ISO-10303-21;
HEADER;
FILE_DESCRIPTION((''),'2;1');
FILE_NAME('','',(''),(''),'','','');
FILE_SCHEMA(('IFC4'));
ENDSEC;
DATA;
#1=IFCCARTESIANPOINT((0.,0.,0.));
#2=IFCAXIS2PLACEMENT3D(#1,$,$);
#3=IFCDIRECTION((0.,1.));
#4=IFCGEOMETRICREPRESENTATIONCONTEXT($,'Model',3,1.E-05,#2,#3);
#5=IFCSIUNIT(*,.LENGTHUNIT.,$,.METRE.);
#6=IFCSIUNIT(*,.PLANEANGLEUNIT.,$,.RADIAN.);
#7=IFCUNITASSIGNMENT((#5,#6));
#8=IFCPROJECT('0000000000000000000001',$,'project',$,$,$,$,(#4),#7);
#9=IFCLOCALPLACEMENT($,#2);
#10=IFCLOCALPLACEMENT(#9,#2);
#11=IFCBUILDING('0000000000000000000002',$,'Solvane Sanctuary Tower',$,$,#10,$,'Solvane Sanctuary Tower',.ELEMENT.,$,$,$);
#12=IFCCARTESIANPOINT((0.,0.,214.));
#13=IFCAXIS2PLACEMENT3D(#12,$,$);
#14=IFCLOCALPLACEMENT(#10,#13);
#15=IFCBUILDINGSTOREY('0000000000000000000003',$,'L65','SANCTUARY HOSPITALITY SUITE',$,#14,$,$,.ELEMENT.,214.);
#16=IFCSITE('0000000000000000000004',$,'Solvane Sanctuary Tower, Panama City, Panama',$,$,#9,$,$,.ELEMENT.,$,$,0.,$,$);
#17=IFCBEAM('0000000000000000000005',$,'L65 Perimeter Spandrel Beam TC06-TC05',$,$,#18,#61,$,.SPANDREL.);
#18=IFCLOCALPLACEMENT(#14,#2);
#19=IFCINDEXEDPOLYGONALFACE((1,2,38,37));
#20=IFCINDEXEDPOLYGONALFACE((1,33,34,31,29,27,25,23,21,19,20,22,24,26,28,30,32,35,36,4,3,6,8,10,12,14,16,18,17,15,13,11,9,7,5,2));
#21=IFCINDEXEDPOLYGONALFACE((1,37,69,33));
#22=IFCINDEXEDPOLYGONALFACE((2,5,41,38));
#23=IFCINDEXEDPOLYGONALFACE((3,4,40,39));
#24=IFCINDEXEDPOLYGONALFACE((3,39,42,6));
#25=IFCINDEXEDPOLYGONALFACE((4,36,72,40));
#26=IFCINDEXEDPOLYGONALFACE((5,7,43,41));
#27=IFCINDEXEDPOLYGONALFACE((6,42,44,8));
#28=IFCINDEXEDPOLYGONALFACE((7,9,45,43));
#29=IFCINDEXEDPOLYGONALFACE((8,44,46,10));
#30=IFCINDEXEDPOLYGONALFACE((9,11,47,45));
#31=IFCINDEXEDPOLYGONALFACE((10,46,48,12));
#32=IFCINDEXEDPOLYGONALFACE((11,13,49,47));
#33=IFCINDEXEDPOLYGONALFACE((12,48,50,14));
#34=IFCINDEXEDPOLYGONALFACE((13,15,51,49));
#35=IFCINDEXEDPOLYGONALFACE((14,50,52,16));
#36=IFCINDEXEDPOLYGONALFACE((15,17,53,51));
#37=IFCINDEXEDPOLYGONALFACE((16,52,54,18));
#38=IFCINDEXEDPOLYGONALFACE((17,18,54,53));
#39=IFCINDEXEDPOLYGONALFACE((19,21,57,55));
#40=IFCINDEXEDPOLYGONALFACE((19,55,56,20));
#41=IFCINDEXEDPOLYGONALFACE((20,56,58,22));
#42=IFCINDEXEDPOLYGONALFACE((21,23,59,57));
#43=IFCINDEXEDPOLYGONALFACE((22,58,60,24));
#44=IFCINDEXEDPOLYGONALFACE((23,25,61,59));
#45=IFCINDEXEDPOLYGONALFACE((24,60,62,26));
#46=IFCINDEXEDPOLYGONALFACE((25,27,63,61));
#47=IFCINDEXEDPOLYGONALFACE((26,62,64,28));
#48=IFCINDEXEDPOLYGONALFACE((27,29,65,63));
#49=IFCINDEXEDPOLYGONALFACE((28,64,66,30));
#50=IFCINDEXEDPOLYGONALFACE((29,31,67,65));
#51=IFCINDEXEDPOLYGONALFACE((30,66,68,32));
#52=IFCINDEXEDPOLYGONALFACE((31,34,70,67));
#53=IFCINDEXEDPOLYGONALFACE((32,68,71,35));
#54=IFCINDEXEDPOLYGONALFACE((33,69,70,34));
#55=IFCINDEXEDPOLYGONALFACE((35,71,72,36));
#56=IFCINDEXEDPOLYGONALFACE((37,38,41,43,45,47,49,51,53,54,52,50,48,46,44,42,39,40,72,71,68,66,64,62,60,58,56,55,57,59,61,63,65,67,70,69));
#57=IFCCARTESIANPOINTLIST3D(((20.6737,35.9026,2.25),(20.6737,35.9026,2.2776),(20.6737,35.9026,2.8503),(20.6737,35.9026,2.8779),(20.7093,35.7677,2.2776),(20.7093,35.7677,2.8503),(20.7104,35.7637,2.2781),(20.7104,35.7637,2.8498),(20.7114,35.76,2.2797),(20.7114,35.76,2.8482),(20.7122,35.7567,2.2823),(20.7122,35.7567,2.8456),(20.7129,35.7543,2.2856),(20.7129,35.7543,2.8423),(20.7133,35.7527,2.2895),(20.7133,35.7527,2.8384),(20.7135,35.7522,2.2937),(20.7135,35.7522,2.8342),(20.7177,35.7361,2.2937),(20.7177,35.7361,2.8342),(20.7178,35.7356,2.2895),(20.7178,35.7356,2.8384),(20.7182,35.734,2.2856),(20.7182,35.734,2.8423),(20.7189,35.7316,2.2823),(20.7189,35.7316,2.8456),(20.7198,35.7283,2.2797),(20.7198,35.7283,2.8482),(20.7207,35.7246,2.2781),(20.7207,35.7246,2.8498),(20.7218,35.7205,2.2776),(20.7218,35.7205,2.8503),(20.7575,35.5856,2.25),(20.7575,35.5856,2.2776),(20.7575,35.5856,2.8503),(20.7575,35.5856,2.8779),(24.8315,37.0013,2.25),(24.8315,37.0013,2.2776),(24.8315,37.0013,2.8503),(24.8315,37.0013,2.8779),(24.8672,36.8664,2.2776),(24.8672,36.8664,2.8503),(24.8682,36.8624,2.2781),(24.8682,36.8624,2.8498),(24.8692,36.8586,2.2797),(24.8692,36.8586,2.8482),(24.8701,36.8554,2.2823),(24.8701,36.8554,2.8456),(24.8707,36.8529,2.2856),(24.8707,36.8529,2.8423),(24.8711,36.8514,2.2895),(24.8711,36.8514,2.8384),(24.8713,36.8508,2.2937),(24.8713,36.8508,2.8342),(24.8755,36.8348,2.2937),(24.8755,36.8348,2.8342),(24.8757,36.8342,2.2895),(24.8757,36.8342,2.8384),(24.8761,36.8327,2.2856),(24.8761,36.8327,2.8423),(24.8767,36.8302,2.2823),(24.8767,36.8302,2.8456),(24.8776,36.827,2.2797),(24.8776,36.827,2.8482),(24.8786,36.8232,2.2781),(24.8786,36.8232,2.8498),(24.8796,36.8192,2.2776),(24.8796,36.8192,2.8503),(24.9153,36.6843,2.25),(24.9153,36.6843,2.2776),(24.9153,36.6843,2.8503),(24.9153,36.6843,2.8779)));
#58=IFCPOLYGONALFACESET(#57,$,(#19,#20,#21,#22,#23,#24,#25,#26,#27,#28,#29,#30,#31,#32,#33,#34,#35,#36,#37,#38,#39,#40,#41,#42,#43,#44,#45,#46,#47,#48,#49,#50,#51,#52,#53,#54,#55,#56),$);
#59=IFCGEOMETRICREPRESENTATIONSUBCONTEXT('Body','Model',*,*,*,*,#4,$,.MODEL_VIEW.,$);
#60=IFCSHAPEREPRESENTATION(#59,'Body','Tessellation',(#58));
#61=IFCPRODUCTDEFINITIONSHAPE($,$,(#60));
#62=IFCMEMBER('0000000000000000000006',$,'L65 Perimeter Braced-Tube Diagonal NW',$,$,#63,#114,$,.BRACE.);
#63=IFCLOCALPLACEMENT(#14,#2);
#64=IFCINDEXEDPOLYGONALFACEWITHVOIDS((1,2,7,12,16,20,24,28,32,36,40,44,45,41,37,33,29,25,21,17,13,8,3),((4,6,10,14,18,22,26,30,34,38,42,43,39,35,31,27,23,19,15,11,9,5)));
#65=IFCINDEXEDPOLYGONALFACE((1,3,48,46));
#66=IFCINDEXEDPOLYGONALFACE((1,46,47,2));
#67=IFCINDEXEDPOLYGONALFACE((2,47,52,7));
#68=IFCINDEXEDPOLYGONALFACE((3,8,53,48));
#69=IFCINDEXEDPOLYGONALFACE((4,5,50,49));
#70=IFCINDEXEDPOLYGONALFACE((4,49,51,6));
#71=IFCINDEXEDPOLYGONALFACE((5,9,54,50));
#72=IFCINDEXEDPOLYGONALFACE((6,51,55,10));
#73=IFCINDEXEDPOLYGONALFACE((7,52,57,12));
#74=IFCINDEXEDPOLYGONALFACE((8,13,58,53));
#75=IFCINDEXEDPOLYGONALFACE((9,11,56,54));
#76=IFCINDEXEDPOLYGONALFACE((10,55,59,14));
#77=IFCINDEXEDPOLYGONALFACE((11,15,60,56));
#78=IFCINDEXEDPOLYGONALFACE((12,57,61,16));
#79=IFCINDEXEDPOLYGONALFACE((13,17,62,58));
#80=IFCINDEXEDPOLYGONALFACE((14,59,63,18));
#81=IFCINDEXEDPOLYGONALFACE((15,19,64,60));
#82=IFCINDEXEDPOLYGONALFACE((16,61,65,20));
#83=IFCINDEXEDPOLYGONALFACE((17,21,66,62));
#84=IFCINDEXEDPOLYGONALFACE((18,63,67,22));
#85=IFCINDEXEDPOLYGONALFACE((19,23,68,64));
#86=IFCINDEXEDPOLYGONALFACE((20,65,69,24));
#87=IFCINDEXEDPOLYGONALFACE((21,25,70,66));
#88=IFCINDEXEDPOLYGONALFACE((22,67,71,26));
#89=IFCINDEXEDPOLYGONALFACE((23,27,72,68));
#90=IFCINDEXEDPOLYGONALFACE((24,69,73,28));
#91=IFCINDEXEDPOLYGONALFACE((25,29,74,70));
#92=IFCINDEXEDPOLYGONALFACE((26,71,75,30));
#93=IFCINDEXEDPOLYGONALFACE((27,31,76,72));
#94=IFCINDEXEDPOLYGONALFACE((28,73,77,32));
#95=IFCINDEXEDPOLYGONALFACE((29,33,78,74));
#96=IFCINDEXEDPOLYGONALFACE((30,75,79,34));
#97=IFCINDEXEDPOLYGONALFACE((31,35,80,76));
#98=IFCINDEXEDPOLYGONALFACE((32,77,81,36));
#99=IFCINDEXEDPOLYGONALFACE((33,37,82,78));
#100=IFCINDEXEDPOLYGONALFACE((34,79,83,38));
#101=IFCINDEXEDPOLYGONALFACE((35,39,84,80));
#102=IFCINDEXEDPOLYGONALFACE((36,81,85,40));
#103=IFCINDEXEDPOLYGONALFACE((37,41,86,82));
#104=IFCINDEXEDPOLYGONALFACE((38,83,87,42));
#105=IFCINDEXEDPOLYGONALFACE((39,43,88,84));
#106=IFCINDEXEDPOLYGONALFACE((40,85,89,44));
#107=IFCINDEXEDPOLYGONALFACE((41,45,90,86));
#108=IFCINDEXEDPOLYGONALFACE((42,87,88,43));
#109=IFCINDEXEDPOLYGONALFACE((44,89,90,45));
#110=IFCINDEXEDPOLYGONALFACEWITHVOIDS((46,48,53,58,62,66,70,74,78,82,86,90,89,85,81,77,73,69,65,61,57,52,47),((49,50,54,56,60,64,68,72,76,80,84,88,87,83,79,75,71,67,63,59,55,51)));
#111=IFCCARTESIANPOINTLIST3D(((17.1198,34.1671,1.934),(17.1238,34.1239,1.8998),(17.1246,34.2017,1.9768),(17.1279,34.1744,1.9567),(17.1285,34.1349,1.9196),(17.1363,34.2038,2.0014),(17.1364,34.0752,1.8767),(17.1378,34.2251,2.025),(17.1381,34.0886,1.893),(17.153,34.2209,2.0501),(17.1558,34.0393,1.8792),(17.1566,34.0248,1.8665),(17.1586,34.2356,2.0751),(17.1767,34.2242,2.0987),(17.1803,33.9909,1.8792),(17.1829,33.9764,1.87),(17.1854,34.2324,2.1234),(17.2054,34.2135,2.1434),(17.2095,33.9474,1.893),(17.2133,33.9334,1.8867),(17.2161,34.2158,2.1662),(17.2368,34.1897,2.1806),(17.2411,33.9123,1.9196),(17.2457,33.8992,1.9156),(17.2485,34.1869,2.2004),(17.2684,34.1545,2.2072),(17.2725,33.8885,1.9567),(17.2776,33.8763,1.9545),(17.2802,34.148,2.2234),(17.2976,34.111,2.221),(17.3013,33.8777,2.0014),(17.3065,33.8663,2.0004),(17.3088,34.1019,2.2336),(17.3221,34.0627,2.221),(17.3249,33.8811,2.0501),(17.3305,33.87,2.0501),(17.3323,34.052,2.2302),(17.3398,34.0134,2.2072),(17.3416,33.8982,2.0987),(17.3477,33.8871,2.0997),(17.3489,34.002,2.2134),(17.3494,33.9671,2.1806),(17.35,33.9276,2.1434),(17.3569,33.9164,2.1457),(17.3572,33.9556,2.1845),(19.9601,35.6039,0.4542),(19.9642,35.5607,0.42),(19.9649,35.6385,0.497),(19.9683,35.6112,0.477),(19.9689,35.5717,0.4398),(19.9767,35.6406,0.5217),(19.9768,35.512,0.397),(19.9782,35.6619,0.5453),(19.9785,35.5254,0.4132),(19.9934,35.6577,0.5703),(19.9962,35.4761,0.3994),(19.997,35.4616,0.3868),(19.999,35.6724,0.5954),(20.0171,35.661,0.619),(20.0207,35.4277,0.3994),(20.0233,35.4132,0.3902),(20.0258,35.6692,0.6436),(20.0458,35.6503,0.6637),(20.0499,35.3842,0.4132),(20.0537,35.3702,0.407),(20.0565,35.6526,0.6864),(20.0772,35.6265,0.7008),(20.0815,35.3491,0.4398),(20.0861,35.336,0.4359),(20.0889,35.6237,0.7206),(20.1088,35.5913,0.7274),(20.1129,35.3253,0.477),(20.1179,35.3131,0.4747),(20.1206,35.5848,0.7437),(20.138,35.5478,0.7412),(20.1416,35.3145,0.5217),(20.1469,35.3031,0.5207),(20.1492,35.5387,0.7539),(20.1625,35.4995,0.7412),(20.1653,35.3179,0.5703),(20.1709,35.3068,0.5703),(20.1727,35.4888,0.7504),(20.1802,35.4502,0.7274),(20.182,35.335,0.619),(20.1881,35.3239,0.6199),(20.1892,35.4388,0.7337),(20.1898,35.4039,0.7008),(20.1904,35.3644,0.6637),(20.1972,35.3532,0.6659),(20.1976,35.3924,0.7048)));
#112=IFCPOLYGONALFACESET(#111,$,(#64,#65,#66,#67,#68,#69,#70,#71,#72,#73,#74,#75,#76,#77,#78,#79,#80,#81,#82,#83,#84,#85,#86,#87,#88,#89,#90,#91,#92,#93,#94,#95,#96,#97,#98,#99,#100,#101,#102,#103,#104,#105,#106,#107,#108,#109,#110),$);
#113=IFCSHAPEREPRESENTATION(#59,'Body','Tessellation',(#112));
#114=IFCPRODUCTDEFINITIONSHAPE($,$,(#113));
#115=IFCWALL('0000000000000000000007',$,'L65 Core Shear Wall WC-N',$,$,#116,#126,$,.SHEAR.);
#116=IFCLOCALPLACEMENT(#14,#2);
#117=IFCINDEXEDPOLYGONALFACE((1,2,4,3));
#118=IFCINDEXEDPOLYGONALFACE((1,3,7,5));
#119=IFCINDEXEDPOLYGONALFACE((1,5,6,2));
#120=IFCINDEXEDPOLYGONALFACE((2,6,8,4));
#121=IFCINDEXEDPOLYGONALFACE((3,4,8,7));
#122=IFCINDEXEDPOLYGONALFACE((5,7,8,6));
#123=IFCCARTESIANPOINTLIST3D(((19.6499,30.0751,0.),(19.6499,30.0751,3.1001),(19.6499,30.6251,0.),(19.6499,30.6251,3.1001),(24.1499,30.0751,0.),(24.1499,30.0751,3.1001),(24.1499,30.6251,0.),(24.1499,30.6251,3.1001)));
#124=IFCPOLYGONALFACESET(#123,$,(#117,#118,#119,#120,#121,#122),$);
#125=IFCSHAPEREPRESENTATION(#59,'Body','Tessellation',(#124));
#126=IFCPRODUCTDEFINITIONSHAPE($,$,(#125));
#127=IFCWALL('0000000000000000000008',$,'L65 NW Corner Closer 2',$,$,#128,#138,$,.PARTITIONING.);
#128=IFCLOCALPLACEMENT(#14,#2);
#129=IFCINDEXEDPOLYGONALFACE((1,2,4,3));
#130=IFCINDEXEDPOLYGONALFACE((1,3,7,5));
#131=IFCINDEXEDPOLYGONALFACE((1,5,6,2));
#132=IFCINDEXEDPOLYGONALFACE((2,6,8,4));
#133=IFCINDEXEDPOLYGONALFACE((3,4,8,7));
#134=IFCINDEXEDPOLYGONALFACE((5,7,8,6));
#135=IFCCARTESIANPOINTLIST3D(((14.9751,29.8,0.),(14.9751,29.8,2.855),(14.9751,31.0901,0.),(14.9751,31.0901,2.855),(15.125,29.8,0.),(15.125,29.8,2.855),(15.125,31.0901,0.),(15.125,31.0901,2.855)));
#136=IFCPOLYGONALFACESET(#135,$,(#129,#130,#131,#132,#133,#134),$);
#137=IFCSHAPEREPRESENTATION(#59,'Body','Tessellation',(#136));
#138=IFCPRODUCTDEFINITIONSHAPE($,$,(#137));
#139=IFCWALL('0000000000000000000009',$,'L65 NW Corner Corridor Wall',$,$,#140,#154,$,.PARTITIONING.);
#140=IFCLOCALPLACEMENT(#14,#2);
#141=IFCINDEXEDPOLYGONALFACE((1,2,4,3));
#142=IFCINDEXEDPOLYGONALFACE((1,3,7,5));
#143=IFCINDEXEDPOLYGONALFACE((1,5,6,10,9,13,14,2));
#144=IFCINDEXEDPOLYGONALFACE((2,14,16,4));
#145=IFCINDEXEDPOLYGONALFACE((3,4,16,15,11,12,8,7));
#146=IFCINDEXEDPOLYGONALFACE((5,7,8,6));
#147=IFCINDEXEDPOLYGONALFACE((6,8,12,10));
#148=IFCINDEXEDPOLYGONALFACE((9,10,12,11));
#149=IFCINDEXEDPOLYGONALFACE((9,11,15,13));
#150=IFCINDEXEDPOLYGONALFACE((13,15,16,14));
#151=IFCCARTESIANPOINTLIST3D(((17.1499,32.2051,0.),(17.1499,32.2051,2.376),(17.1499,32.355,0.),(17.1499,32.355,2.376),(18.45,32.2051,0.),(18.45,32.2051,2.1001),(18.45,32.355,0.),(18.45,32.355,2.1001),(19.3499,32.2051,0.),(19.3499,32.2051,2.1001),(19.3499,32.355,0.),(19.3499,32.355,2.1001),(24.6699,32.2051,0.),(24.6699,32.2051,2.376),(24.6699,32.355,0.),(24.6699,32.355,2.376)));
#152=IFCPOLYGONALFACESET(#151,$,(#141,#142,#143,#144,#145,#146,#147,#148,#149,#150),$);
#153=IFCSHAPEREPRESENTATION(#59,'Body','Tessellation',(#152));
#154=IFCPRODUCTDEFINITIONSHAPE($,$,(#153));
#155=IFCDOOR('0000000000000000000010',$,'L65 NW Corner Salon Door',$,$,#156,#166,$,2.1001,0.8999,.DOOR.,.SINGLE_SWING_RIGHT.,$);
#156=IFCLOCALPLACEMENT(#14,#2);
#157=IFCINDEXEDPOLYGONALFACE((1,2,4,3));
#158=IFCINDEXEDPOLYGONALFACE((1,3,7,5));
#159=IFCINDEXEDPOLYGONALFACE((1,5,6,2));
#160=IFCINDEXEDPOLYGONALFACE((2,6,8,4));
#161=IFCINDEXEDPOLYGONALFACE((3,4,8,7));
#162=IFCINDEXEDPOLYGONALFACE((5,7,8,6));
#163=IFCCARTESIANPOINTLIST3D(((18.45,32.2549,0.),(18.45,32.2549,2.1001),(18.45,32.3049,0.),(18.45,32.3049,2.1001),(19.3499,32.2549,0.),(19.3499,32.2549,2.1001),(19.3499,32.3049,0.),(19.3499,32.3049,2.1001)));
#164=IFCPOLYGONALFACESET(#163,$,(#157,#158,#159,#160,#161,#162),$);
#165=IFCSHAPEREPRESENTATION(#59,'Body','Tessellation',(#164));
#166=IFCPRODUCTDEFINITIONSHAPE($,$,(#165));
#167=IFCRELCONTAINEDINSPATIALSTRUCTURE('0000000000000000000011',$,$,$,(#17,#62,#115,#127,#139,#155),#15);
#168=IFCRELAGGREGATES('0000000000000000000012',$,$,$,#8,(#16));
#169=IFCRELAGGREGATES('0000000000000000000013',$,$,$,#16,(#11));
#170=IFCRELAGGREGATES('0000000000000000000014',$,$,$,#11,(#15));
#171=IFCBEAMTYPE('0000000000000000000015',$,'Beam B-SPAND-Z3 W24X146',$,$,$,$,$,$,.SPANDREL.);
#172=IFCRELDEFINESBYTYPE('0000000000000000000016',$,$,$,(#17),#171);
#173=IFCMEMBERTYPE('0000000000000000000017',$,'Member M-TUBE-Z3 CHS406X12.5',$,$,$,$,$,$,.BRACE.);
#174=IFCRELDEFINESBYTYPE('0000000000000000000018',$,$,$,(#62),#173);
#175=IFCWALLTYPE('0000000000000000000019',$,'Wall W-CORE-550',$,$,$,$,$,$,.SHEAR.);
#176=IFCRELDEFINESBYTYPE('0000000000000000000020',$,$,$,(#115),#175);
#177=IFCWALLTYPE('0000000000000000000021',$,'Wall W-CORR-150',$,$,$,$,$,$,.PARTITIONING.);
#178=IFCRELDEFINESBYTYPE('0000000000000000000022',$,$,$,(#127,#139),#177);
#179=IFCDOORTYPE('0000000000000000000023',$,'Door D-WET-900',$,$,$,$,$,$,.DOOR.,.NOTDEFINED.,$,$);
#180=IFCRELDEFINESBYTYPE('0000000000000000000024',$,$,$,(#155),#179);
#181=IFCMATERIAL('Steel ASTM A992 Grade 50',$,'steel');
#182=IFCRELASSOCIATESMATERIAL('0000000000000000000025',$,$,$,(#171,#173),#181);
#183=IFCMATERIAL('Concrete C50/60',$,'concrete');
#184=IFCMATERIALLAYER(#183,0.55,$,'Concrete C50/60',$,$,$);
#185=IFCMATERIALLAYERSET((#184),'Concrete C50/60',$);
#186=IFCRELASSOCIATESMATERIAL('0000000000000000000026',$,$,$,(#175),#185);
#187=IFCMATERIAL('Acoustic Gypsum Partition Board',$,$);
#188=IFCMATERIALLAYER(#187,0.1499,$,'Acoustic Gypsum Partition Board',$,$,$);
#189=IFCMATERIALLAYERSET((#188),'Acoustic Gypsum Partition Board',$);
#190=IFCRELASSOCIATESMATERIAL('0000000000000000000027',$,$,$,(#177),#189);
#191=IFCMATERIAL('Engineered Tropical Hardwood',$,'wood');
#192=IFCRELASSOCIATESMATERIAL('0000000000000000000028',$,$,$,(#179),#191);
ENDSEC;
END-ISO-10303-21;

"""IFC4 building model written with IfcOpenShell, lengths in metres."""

from ifc_helpers import new_model, si_unit, direction, frame, frame_2d, origin, origin_2d, place, context, subcontext, project, spatial, rectangle, hollow_circle, i_section, extrude, material, layer, layer_set, material_profile, profile_set, type_object, element, fill, save


model = new_model("IFC4")

# Units and contexts
model_context = context("Model", 3, precision=1e-05, world=origin(), true_north=direction((0.0, 1.0)))
body_context = subcontext(model_context, "Body", "Model", "MODEL_VIEW")
ifc_project = project(units=[si_unit("LENGTHUNIT", "METRE"), si_unit("PLANEANGLEUNIT", "RADIAN")], contexts=[model_context])

# Site, building, storey
site_placement = place(None, origin())
site = spatial("IfcSite", under=ifc_project, at=site_placement, Name="Solvane Sanctuary Tower, Panama City, Panama", CompositionType="ELEMENT", RefElevation=0.0)
building_placement = place(site_placement, origin())
building = spatial("IfcBuilding", under=site, at=building_placement, Name="Solvane Sanctuary Tower", LongName="Solvane Sanctuary Tower", CompositionType="ELEMENT")
storey_placement = place(building_placement, frame((0.0, 0.0, 214.0)))
storey = spatial("IfcBuildingStorey", under=building, at=storey_placement, Name="L65", Description="SANCTUARY HOSPITALITY SUITE", CompositionType="ELEMENT", Elevation=214.0)

# Shared definitions
ifc_material_1 = material(Name="Concrete C50/60", Category="concrete")

# Beam
ifc_material_2 = material(Name="Steel ASTM A992 Grade 50", Category="steel")
ifc_material_profile_1 = material_profile(ifc_material_2, i_section(OverallWidth=0.3279, OverallDepth=0.6279, WebThickness=0.0166, FlangeThickness=0.0276, FilletRadius=0.0161, at=origin_2d()), Name="W24X146")
ifc_profile_set_1 = profile_set([ifc_material_profile_1], Name="Steel ASTM A992 Grade 50")
beam_type_1 = type_object("IfcBeamType", Name="Beam B-SPAND-Z3 W24X146", PredefinedType="SPANDREL", material=ifc_profile_set_1)
beam_1_placement = place(storey_placement, frame((20.7156, 35.7441, 2.564), z_axis=(0.966817, 0.255471, 0.0), x_axis=(-0.255471, 0.966817, 0.0)))
element("IfcBeam", 1, at=beam_1_placement, inside=storey, type_object=beam_type_1, Name="L65 Perimeter Spandrel Beam TC06-TC05", PredefinedType="SPANDREL", context=body_context, shape_type="SweptSolid", body=[
    extrude(i_section(OverallWidth=0.3279, OverallDepth=0.6279, WebThickness=0.0166, FlangeThickness=0.0276, FilletRadius=0.0161, at=origin_2d()), origin(), (0.0, 0.0, 1.0), 4.3005),
])

# Member
ifc_material_profile_2 = material_profile(ifc_material_2, hollow_circle(Radius=0.2029, WallThickness=0.0125, at=origin_2d()), Name="CHS406X12.5")
ifc_profile_set_2 = profile_set([ifc_material_profile_2], Name="Steel ASTM A992 Grade 50")
member_type = type_object("IfcMemberType", Name="Member M-TUBE-Z3 CHS406X12.5", PredefinedType="BRACE", material=ifc_profile_set_2)
member_placement = place(storey_placement, frame((20.0793, 35.4878, 0.5703), z_axis=(-0.809168, -0.409314, 0.421555), x_axis=(0.451381, -0.892331, 0.0)))
element("IfcMember", 2, at=member_placement, inside=storey, type_object=member_type, Name="L65 Perimeter Braced-Tube Diagonal NW", PredefinedType="BRACE", context=body_context, shape_type="SweptSolid", body=[
    extrude(hollow_circle(Radius=0.2029, WallThickness=0.0125, at=origin_2d()), origin(), (0.0, 0.0, 1.0), 3.5103),
])

# Walls
ifc_layer_1 = layer(ifc_material_1, 0.55, Name="Concrete C50/60")
ifc_layer_set_1 = layer_set([ifc_layer_1], Name="Concrete C50/60")
wall_type_1 = type_object("IfcWallType", Name="Wall W-CORE-550", PredefinedType="SHEAR", material=ifc_layer_set_1)
wall_1_placement = place(storey_placement, frame((19.6499, 30.3501, 0.0), z_axis=(0.0, 0.0, 1.0), x_axis=(1.0, 0.0, 0.0)))
element("IfcWall", 3, at=wall_1_placement, inside=storey, type_object=wall_type_1, Name="L65 Core Shear Wall WC-N", PredefinedType="SHEAR", context=body_context, shape_type="SweptSolid", body=[
    extrude(rectangle(XDim=4.5, YDim=0.55, at=frame_2d((2.25, 0.0))), origin(), (0.0, 0.0, 1.0), 3.1001),
])
ifc_material_3 = material(Name="Acoustic Gypsum Partition Board")
ifc_layer_2 = layer(ifc_material_3, 0.1499, Name="Acoustic Gypsum Partition Board")
ifc_layer_set_2 = layer_set([ifc_layer_2], Name="Acoustic Gypsum Partition Board")
wall_type_2 = type_object("IfcWallType", Name="Wall W-CORR-150", PredefinedType="PARTITIONING", material=ifc_layer_set_2)
wall_2_placement = place(storey_placement, frame((15.05, 29.8, 0.0), z_axis=(0.0, 0.0, 1.0), x_axis=(0.0, 1.0, 0.0)))
element("IfcWall", 4, at=wall_2_placement, inside=storey, type_object=wall_type_2, Name="L65 NW Corner Closer 2", PredefinedType="PARTITIONING", context=body_context, shape_type="SweptSolid", body=[
    extrude(rectangle(XDim=1.29, YDim=0.1499, at=frame_2d((0.645, 0.0))), origin(), (0.0, 0.0, 1.0), 2.855),
])

# Wall, opening, door
wall_3_placement = place(storey_placement, frame((17.1499, 32.28, 0.0), z_axis=(0.0, 0.0, 1.0), x_axis=(1.0, 0.0, 0.0)))
wall_3 = element("IfcWall", 5, at=wall_3_placement, inside=storey, type_object=wall_type_2, Name="L65 NW Corner Corridor Wall", PredefinedType="PARTITIONING", context=body_context, shape_type="SweptSolid", body=[
    extrude(rectangle(XDim=7.52, YDim=0.1499, at=frame_2d((3.76, 0.0))), origin(), (0.0, 0.0, 1.0), 2.376),
])
opening_1_placement = place(wall_3_placement, frame((1.3, 0.0, 0.0)))
opening_1 = element("IfcOpeningElement", 6, at=opening_1_placement, cuts=wall_3, PredefinedType="OPENING", context=body_context, shape_type="SweptSolid", body=[
    extrude(rectangle(XDim=0.8999, YDim=2.1001, at=frame_2d((0.45, 1.05))), frame((0.0, 0.085, 0.0), z_axis=(0.0, -1.0, 0.0), x_axis=(1.0, 0.0, 0.0)), (0.0, 0.0, 1.0), 0.1699),
])
ifc_material_4 = material(Name="Engineered Tropical Hardwood", Category="wood")
door_type_1 = type_object("IfcDoorType", Name="Door D-WET-900", OperationType="NOTDEFINED", PredefinedType="DOOR", material=ifc_material_4)
door_1_placement = place(opening_1_placement, origin())
door_1 = element("IfcDoor", 7, at=door_1_placement, inside=storey, type_object=door_type_1, Name="L65 NW Corner Salon Door", OperationType="SINGLE_SWING_RIGHT", OverallHeight=2.1001, OverallWidth=0.8999, PredefinedType="DOOR", context=body_context, shape_type="SweptSolid", body=[
    extrude(rectangle(XDim=0.8999, YDim=2.1001, at=frame_2d((0.45, 1.05))), frame((0.0, 0.0249, 0.0), z_axis=(0.0, -1.0, 0.0), x_axis=(1.0, 0.0, 0.0)), (0.0, 0.0, 1.0), 0.05),
])
fill(opening_1, door_1)

save(model, "model.ifc")
